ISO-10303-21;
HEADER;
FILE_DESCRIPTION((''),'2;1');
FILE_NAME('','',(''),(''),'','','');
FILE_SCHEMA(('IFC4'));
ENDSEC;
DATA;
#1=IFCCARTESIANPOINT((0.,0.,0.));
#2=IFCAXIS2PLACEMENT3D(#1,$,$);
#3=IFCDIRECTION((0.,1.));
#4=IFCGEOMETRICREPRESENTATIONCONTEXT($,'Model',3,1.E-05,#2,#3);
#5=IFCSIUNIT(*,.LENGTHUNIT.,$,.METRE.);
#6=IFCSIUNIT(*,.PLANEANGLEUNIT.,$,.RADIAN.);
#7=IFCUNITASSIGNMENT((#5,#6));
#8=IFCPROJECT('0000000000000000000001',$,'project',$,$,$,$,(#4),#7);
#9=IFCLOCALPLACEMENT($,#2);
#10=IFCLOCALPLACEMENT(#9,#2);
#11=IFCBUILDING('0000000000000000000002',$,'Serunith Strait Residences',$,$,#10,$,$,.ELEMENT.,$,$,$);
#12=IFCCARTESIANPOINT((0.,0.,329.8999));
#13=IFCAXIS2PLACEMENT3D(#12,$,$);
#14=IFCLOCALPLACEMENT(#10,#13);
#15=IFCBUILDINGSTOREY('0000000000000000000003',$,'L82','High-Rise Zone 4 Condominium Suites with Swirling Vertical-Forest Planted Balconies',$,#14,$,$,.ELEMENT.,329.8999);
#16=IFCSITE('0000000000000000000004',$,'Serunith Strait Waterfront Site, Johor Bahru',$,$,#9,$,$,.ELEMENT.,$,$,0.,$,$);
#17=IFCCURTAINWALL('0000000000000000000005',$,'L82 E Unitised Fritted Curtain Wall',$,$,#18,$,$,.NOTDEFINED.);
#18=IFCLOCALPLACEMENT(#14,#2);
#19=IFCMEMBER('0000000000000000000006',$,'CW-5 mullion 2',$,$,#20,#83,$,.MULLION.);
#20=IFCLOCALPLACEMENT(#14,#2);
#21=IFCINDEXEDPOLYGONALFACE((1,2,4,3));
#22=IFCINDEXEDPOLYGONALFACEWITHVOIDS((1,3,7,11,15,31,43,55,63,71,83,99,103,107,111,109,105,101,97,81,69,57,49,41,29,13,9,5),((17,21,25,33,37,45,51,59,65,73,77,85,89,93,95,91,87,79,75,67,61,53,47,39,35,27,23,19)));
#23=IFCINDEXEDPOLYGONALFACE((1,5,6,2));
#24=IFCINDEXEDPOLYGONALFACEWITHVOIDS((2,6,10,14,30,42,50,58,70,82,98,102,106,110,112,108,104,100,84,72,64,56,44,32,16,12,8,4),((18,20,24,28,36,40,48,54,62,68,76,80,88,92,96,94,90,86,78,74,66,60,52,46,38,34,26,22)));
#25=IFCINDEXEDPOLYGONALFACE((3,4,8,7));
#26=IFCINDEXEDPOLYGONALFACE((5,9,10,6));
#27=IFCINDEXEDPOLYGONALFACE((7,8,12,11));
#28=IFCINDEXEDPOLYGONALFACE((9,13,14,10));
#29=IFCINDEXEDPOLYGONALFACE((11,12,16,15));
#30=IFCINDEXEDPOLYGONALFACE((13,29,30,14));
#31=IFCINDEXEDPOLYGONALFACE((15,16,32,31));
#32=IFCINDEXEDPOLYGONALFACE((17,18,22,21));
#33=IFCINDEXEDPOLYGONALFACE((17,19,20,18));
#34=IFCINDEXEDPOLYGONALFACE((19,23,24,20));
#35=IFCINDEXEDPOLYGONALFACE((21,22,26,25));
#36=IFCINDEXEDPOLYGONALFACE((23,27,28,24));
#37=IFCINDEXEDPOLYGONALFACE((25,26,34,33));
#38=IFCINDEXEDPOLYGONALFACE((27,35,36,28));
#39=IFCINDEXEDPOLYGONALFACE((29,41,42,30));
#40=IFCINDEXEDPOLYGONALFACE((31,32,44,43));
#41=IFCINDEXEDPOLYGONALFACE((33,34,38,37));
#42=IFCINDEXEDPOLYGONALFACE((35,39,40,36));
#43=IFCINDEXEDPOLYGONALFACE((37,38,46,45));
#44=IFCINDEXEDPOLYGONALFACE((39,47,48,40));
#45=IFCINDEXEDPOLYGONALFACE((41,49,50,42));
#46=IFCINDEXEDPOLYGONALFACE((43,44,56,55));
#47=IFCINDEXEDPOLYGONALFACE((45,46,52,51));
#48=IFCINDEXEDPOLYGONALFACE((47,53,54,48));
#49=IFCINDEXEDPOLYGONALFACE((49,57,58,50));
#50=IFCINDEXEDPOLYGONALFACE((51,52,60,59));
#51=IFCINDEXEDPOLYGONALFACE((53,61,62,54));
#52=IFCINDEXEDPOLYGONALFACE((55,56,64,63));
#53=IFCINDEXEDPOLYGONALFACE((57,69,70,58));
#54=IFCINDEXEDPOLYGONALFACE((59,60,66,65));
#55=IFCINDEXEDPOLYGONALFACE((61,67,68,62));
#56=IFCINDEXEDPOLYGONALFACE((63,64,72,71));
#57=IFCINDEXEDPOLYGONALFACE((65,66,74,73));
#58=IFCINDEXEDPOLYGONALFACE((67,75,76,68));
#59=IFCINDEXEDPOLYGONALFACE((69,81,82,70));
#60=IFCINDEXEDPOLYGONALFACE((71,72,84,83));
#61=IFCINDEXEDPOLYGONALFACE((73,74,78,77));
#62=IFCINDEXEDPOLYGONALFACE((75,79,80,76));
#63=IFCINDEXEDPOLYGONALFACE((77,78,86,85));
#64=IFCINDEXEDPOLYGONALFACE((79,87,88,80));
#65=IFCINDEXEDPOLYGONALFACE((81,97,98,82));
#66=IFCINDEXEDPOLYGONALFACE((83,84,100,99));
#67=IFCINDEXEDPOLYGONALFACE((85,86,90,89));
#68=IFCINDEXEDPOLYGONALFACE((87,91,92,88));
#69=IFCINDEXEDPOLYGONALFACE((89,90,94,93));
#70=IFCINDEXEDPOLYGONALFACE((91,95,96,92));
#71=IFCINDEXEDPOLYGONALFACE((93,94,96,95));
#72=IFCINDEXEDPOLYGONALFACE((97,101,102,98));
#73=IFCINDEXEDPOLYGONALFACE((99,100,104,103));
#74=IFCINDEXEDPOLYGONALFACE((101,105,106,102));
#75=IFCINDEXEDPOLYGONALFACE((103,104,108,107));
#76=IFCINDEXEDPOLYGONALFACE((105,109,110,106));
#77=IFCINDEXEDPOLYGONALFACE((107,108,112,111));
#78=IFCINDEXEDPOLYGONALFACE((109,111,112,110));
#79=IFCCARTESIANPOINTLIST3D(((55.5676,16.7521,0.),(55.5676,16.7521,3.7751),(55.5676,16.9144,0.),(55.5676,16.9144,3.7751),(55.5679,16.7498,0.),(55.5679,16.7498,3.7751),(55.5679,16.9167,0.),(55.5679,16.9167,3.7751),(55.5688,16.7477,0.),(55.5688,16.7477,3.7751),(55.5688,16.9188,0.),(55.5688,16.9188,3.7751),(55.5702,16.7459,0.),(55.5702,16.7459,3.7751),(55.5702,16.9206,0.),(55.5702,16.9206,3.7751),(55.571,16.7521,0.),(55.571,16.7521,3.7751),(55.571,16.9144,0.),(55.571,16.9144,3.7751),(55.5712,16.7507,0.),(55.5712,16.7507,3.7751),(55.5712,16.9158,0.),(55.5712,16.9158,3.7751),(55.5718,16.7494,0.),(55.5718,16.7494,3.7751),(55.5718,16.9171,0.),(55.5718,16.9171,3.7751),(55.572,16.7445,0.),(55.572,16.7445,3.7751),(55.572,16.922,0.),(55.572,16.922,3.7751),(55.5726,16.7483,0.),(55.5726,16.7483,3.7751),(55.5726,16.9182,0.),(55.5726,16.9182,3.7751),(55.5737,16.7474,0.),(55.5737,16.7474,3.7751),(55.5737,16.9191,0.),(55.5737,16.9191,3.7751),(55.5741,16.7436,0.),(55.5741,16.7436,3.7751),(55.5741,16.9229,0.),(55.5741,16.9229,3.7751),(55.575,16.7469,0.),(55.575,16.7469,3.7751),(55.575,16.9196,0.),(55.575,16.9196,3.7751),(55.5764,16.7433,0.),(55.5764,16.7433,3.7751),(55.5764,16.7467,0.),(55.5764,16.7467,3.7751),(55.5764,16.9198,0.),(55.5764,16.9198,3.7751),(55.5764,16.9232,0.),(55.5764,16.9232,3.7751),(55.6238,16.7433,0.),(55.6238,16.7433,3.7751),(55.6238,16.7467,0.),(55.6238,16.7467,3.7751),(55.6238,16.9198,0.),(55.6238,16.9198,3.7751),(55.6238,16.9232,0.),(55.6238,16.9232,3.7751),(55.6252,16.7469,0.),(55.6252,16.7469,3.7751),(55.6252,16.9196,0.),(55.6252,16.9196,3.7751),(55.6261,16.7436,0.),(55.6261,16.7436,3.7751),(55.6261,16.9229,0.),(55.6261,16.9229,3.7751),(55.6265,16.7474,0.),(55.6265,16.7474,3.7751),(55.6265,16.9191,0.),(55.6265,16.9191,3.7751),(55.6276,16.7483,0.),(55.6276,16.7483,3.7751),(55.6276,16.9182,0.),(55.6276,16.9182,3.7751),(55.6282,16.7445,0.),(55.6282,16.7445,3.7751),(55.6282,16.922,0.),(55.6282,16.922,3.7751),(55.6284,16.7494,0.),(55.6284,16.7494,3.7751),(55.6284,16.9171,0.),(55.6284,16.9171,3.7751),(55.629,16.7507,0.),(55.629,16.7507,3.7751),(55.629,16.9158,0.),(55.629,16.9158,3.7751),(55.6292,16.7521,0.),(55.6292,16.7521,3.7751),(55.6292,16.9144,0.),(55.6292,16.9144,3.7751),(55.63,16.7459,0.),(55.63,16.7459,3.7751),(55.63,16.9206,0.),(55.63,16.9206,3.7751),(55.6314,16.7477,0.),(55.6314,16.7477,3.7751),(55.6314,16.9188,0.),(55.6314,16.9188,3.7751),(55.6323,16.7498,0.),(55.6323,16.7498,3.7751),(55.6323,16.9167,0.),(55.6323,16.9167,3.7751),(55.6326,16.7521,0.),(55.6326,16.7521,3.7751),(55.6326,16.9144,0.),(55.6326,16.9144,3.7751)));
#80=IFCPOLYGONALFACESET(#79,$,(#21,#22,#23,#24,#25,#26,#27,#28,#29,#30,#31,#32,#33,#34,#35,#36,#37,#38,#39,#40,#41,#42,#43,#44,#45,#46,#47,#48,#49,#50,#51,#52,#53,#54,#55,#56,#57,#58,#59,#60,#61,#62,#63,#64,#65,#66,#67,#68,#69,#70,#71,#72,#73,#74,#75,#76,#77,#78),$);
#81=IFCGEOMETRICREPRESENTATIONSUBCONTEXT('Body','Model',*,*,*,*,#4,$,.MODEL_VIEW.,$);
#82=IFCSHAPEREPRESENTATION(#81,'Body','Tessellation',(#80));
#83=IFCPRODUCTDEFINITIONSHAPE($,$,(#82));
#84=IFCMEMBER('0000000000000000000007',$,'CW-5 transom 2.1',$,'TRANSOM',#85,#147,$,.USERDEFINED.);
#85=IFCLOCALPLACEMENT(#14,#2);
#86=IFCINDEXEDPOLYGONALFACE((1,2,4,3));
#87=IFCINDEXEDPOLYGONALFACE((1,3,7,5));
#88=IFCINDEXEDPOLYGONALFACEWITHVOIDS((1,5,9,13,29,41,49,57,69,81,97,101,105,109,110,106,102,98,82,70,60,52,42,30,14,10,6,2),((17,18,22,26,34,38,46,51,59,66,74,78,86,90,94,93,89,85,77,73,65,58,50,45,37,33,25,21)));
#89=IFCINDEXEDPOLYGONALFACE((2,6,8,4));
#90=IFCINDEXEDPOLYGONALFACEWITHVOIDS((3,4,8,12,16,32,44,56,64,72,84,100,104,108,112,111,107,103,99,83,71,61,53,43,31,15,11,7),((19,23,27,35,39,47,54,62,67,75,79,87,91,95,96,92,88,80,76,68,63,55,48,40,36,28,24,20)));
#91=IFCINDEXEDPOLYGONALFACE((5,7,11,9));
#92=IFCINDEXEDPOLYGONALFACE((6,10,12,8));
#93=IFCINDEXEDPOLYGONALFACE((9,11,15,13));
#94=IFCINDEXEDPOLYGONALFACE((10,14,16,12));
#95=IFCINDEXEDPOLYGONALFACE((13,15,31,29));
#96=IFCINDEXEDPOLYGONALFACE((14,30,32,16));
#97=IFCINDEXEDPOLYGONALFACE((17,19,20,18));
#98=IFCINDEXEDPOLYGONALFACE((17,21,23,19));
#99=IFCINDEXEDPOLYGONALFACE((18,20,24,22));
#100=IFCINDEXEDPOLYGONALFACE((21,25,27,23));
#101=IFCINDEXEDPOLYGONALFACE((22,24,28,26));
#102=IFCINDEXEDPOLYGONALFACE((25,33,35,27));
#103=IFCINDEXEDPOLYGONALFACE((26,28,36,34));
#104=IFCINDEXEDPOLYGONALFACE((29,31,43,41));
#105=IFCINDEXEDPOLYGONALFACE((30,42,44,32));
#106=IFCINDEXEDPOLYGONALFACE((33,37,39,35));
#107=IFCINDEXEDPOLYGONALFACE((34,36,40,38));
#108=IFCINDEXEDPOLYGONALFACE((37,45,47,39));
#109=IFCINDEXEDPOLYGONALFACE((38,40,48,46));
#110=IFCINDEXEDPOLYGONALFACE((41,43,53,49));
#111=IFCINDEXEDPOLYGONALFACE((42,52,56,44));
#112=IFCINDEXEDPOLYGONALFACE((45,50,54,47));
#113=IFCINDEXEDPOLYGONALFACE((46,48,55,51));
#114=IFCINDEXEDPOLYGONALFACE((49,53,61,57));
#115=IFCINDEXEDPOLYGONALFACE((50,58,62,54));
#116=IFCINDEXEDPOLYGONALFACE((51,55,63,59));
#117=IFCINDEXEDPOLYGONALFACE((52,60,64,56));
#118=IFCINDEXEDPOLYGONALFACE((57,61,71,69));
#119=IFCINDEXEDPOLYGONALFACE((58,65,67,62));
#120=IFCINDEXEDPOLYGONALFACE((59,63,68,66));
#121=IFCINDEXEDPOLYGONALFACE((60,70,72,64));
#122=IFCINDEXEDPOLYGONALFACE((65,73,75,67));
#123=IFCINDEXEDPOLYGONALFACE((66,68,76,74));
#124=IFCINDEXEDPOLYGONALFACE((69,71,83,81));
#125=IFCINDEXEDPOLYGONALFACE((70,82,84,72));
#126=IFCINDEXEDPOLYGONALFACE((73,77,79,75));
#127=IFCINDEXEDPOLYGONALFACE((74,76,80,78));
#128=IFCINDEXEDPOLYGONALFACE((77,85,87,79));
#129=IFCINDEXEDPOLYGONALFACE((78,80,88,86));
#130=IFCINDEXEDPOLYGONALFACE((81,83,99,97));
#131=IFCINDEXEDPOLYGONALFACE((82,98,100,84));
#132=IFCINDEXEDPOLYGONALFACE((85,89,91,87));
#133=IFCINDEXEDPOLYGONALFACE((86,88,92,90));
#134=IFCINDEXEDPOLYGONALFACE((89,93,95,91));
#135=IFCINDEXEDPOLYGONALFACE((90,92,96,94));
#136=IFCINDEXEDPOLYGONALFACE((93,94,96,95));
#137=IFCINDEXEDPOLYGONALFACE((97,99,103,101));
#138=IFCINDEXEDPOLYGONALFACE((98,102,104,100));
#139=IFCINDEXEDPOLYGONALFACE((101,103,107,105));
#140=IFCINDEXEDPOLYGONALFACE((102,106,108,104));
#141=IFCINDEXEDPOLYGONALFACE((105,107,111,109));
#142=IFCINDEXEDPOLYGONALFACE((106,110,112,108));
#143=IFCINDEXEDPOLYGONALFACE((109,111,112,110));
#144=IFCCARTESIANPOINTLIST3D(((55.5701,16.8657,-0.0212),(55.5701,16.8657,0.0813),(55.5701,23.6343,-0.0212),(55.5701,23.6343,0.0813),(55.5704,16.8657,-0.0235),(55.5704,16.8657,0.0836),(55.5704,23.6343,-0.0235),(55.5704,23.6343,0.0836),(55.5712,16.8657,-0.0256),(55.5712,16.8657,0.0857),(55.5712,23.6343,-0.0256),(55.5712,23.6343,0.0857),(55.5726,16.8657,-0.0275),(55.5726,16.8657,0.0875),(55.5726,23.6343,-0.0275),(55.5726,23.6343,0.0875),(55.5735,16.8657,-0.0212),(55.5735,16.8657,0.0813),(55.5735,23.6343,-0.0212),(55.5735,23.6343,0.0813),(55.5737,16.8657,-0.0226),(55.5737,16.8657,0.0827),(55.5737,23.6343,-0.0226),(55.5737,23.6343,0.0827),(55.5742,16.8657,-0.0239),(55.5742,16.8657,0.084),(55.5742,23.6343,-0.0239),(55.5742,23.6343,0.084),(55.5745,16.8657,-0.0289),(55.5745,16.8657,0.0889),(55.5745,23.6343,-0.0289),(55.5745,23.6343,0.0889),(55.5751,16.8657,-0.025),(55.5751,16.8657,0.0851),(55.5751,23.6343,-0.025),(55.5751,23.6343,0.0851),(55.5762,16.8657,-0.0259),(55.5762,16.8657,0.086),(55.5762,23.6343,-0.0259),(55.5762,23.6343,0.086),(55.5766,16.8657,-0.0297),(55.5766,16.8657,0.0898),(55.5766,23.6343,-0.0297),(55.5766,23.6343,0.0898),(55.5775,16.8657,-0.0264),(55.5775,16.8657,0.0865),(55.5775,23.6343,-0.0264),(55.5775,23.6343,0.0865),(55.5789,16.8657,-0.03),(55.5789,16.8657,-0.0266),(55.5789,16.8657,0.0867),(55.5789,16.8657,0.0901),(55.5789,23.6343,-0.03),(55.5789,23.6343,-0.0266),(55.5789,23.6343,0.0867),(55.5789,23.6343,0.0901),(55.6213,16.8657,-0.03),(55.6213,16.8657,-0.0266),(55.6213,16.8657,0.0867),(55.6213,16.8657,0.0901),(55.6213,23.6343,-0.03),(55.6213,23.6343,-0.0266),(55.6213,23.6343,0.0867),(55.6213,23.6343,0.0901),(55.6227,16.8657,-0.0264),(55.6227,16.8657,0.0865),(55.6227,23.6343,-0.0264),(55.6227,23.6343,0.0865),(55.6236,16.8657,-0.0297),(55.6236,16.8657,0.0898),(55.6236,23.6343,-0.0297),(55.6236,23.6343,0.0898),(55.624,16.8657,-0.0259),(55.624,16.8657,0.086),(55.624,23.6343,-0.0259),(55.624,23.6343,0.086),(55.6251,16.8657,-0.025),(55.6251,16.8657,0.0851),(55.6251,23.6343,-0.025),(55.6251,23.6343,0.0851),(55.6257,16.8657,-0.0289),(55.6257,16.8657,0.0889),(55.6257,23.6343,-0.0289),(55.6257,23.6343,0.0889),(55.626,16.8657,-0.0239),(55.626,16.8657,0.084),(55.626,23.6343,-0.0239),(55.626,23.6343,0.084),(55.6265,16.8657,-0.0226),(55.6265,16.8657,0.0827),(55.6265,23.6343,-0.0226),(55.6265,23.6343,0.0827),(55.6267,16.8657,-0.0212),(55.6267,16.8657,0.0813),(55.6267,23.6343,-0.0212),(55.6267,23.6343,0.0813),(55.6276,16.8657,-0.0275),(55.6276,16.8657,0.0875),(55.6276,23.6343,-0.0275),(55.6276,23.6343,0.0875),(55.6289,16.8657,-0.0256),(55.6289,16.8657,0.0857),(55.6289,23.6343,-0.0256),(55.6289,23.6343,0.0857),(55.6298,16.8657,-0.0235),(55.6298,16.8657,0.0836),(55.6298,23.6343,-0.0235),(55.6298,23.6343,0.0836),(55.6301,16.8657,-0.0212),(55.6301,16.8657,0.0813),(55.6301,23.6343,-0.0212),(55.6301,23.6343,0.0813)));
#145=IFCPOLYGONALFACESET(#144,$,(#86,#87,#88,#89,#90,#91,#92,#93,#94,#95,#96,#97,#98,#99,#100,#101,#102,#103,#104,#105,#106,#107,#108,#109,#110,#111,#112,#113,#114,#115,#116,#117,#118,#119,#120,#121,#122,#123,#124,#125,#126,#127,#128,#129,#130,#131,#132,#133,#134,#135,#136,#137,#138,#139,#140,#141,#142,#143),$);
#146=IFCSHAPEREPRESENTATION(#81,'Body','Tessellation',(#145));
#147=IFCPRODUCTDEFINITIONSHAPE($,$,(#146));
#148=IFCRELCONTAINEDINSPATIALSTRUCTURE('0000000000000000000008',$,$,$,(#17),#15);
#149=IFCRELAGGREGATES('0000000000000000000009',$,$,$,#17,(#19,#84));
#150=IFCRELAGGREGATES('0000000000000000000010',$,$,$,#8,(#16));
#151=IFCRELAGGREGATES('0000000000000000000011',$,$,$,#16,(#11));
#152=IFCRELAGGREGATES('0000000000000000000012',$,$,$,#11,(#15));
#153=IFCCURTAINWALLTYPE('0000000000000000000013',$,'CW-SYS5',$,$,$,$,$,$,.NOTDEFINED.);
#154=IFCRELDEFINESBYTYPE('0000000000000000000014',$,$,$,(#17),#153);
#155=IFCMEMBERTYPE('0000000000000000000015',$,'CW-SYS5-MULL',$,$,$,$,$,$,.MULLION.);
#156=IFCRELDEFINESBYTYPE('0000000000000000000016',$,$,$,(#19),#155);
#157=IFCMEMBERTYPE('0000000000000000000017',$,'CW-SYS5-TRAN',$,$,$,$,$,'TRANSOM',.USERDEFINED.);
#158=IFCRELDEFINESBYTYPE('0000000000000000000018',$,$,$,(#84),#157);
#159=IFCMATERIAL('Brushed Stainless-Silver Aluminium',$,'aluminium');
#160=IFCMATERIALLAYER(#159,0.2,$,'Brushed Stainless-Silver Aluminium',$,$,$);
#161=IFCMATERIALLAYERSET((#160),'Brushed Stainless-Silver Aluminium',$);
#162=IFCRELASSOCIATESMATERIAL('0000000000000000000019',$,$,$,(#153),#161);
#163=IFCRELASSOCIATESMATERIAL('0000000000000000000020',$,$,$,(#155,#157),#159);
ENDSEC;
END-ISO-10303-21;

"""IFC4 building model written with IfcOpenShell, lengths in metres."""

from ifc_helpers import new_model, si_unit, direction, frame, origin, origin_2d, place, context, subcontext, project, spatial, hollow_rectangle, extrude, source, transform, mapped, material, layer, layer_set, material_profile, profile_set, type_object, element, aggregate, save


model = new_model("IFC4")

# Units and contexts
model_context = context("Model", 3, precision=1e-05, world=origin(), true_north=direction((0.0, 1.0)))
body_context = subcontext(model_context, "Body", "Model", "MODEL_VIEW")
ifc_project = project(units=[si_unit("LENGTHUNIT", "METRE"), si_unit("PLANEANGLEUNIT", "RADIAN")], contexts=[model_context])

# Site, building, storey
site_placement = place(None, origin())
site = spatial("IfcSite", under=ifc_project, at=site_placement, Name="Serunith Strait Waterfront Site, Johor Bahru", CompositionType="ELEMENT", RefElevation=0.0)
building_placement = place(site_placement, origin())
building = spatial("IfcBuilding", under=site, at=building_placement, Name="Serunith Strait Residences", CompositionType="ELEMENT")
storey_placement = place(building_placement, frame((0.0, 0.0, 329.8999)))
storey = spatial("IfcBuildingStorey", under=building, at=storey_placement, Name="L82", Description="High-Rise Zone 4 Condominium Suites with Swirling Vertical-Forest Planted Balconies", CompositionType="ELEMENT", Elevation=329.8999)

# Curtain wall, members
ifc_material_1 = material(Name="Brushed Stainless-Silver Aluminium", Category="aluminium")
ifc_layer_1 = layer(ifc_material_1, 0.2, Name="Brushed Stainless-Silver Aluminium")
ifc_layer_set_1 = layer_set([ifc_layer_1], Name="Brushed Stainless-Silver Aluminium")
curtain_wall_type = type_object("IfcCurtainWallType", Name="CW-SYS5", PredefinedType="NOTDEFINED", material=ifc_layer_set_1)
curtain_wall_placement = place(storey_placement, origin())
curtain_wall = element("IfcCurtainWall", 1, at=curtain_wall_placement, inside=storey, type_object=curtain_wall_type, Name="L82 E Unitised Fritted Curtain Wall", PredefinedType="NOTDEFINED")
ifc_material_profile_1 = material_profile(ifc_material_1, hollow_rectangle(XDim=0.0649, YDim=0.1799, WallThickness=0.0034, InnerFilletRadius=0.0054, OuterFilletRadius=0.0088, at=origin_2d()), Name="ALU 180x65x3.5")
ifc_profile_set_1 = profile_set([ifc_material_profile_1], Name="Brushed Stainless-Silver Aluminium")
member_type_1 = type_object("IfcMemberType", Name="CW-SYS5-MULL", PredefinedType="MULLION", material=ifc_profile_set_1)
shared_shape_1 = source(origin(), body_context, "Body", "SweptSolid", [
    extrude(hollow_rectangle(XDim=0.0649, YDim=0.1799, WallThickness=0.0034, InnerFilletRadius=0.0054, OuterFilletRadius=0.0088, at=origin_2d()), origin(), (0.0, 0.0, 1.0), 3.7751),
])
member_1_placement = place(storey_placement, frame((55.6001, 16.8333, 0.0), z_axis=(0.0, 0.0, 1.0), x_axis=(-1.0, 0.0, 0.0)))
member_1 = element("IfcMember", 2, at=member_1_placement, type_object=member_type_1, Name="CW-5 mullion 2", PredefinedType="MULLION", context=body_context, shape_type="MappedRepresentation", body=[
    mapped(shared_shape_1, transform((0.0, 0.0, 0.0), scale=1.0)),
])
ifc_material_profile_2 = material_profile(ifc_material_1, hollow_rectangle(XDim=0.0601, YDim=0.1201, WallThickness=0.0034, InnerFilletRadius=0.0054, OuterFilletRadius=0.0088, at=origin_2d()), Name="ALU 120x60x3.5")
ifc_profile_set_2 = profile_set([ifc_material_profile_2], Name="Brushed Stainless-Silver Aluminium")
member_type_2 = type_object("IfcMemberType", Name="CW-SYS5-TRAN", ElementType="TRANSOM", PredefinedType="USERDEFINED", material=ifc_profile_set_2)
shared_shape_2 = source(origin(), body_context, "Body", "SweptSolid", [
    extrude(hollow_rectangle(XDim=0.0601, YDim=0.1201, WallThickness=0.0034, InnerFilletRadius=0.0054, OuterFilletRadius=0.0088, at=origin_2d()), origin(), (0.0, 0.0, 1.0), 6.7686),
])
member_2_placement = place(storey_placement, frame((55.6001, 16.8657, 0.03), z_axis=(0.0, 1.0, 0.0), x_axis=(-1.0, 0.0, 0.0)))
member_2 = element("IfcMember", 3, at=member_2_placement, type_object=member_type_2, Name="CW-5 transom 2.1", ObjectType="TRANSOM", PredefinedType="USERDEFINED", context=body_context, shape_type="MappedRepresentation", body=[
    mapped(shared_shape_2, transform((0.0, 0.0, 0.0), scale=1.0)),
])
aggregate(curtain_wall, [member_1, member_2])

save(model, "model.ifc")
